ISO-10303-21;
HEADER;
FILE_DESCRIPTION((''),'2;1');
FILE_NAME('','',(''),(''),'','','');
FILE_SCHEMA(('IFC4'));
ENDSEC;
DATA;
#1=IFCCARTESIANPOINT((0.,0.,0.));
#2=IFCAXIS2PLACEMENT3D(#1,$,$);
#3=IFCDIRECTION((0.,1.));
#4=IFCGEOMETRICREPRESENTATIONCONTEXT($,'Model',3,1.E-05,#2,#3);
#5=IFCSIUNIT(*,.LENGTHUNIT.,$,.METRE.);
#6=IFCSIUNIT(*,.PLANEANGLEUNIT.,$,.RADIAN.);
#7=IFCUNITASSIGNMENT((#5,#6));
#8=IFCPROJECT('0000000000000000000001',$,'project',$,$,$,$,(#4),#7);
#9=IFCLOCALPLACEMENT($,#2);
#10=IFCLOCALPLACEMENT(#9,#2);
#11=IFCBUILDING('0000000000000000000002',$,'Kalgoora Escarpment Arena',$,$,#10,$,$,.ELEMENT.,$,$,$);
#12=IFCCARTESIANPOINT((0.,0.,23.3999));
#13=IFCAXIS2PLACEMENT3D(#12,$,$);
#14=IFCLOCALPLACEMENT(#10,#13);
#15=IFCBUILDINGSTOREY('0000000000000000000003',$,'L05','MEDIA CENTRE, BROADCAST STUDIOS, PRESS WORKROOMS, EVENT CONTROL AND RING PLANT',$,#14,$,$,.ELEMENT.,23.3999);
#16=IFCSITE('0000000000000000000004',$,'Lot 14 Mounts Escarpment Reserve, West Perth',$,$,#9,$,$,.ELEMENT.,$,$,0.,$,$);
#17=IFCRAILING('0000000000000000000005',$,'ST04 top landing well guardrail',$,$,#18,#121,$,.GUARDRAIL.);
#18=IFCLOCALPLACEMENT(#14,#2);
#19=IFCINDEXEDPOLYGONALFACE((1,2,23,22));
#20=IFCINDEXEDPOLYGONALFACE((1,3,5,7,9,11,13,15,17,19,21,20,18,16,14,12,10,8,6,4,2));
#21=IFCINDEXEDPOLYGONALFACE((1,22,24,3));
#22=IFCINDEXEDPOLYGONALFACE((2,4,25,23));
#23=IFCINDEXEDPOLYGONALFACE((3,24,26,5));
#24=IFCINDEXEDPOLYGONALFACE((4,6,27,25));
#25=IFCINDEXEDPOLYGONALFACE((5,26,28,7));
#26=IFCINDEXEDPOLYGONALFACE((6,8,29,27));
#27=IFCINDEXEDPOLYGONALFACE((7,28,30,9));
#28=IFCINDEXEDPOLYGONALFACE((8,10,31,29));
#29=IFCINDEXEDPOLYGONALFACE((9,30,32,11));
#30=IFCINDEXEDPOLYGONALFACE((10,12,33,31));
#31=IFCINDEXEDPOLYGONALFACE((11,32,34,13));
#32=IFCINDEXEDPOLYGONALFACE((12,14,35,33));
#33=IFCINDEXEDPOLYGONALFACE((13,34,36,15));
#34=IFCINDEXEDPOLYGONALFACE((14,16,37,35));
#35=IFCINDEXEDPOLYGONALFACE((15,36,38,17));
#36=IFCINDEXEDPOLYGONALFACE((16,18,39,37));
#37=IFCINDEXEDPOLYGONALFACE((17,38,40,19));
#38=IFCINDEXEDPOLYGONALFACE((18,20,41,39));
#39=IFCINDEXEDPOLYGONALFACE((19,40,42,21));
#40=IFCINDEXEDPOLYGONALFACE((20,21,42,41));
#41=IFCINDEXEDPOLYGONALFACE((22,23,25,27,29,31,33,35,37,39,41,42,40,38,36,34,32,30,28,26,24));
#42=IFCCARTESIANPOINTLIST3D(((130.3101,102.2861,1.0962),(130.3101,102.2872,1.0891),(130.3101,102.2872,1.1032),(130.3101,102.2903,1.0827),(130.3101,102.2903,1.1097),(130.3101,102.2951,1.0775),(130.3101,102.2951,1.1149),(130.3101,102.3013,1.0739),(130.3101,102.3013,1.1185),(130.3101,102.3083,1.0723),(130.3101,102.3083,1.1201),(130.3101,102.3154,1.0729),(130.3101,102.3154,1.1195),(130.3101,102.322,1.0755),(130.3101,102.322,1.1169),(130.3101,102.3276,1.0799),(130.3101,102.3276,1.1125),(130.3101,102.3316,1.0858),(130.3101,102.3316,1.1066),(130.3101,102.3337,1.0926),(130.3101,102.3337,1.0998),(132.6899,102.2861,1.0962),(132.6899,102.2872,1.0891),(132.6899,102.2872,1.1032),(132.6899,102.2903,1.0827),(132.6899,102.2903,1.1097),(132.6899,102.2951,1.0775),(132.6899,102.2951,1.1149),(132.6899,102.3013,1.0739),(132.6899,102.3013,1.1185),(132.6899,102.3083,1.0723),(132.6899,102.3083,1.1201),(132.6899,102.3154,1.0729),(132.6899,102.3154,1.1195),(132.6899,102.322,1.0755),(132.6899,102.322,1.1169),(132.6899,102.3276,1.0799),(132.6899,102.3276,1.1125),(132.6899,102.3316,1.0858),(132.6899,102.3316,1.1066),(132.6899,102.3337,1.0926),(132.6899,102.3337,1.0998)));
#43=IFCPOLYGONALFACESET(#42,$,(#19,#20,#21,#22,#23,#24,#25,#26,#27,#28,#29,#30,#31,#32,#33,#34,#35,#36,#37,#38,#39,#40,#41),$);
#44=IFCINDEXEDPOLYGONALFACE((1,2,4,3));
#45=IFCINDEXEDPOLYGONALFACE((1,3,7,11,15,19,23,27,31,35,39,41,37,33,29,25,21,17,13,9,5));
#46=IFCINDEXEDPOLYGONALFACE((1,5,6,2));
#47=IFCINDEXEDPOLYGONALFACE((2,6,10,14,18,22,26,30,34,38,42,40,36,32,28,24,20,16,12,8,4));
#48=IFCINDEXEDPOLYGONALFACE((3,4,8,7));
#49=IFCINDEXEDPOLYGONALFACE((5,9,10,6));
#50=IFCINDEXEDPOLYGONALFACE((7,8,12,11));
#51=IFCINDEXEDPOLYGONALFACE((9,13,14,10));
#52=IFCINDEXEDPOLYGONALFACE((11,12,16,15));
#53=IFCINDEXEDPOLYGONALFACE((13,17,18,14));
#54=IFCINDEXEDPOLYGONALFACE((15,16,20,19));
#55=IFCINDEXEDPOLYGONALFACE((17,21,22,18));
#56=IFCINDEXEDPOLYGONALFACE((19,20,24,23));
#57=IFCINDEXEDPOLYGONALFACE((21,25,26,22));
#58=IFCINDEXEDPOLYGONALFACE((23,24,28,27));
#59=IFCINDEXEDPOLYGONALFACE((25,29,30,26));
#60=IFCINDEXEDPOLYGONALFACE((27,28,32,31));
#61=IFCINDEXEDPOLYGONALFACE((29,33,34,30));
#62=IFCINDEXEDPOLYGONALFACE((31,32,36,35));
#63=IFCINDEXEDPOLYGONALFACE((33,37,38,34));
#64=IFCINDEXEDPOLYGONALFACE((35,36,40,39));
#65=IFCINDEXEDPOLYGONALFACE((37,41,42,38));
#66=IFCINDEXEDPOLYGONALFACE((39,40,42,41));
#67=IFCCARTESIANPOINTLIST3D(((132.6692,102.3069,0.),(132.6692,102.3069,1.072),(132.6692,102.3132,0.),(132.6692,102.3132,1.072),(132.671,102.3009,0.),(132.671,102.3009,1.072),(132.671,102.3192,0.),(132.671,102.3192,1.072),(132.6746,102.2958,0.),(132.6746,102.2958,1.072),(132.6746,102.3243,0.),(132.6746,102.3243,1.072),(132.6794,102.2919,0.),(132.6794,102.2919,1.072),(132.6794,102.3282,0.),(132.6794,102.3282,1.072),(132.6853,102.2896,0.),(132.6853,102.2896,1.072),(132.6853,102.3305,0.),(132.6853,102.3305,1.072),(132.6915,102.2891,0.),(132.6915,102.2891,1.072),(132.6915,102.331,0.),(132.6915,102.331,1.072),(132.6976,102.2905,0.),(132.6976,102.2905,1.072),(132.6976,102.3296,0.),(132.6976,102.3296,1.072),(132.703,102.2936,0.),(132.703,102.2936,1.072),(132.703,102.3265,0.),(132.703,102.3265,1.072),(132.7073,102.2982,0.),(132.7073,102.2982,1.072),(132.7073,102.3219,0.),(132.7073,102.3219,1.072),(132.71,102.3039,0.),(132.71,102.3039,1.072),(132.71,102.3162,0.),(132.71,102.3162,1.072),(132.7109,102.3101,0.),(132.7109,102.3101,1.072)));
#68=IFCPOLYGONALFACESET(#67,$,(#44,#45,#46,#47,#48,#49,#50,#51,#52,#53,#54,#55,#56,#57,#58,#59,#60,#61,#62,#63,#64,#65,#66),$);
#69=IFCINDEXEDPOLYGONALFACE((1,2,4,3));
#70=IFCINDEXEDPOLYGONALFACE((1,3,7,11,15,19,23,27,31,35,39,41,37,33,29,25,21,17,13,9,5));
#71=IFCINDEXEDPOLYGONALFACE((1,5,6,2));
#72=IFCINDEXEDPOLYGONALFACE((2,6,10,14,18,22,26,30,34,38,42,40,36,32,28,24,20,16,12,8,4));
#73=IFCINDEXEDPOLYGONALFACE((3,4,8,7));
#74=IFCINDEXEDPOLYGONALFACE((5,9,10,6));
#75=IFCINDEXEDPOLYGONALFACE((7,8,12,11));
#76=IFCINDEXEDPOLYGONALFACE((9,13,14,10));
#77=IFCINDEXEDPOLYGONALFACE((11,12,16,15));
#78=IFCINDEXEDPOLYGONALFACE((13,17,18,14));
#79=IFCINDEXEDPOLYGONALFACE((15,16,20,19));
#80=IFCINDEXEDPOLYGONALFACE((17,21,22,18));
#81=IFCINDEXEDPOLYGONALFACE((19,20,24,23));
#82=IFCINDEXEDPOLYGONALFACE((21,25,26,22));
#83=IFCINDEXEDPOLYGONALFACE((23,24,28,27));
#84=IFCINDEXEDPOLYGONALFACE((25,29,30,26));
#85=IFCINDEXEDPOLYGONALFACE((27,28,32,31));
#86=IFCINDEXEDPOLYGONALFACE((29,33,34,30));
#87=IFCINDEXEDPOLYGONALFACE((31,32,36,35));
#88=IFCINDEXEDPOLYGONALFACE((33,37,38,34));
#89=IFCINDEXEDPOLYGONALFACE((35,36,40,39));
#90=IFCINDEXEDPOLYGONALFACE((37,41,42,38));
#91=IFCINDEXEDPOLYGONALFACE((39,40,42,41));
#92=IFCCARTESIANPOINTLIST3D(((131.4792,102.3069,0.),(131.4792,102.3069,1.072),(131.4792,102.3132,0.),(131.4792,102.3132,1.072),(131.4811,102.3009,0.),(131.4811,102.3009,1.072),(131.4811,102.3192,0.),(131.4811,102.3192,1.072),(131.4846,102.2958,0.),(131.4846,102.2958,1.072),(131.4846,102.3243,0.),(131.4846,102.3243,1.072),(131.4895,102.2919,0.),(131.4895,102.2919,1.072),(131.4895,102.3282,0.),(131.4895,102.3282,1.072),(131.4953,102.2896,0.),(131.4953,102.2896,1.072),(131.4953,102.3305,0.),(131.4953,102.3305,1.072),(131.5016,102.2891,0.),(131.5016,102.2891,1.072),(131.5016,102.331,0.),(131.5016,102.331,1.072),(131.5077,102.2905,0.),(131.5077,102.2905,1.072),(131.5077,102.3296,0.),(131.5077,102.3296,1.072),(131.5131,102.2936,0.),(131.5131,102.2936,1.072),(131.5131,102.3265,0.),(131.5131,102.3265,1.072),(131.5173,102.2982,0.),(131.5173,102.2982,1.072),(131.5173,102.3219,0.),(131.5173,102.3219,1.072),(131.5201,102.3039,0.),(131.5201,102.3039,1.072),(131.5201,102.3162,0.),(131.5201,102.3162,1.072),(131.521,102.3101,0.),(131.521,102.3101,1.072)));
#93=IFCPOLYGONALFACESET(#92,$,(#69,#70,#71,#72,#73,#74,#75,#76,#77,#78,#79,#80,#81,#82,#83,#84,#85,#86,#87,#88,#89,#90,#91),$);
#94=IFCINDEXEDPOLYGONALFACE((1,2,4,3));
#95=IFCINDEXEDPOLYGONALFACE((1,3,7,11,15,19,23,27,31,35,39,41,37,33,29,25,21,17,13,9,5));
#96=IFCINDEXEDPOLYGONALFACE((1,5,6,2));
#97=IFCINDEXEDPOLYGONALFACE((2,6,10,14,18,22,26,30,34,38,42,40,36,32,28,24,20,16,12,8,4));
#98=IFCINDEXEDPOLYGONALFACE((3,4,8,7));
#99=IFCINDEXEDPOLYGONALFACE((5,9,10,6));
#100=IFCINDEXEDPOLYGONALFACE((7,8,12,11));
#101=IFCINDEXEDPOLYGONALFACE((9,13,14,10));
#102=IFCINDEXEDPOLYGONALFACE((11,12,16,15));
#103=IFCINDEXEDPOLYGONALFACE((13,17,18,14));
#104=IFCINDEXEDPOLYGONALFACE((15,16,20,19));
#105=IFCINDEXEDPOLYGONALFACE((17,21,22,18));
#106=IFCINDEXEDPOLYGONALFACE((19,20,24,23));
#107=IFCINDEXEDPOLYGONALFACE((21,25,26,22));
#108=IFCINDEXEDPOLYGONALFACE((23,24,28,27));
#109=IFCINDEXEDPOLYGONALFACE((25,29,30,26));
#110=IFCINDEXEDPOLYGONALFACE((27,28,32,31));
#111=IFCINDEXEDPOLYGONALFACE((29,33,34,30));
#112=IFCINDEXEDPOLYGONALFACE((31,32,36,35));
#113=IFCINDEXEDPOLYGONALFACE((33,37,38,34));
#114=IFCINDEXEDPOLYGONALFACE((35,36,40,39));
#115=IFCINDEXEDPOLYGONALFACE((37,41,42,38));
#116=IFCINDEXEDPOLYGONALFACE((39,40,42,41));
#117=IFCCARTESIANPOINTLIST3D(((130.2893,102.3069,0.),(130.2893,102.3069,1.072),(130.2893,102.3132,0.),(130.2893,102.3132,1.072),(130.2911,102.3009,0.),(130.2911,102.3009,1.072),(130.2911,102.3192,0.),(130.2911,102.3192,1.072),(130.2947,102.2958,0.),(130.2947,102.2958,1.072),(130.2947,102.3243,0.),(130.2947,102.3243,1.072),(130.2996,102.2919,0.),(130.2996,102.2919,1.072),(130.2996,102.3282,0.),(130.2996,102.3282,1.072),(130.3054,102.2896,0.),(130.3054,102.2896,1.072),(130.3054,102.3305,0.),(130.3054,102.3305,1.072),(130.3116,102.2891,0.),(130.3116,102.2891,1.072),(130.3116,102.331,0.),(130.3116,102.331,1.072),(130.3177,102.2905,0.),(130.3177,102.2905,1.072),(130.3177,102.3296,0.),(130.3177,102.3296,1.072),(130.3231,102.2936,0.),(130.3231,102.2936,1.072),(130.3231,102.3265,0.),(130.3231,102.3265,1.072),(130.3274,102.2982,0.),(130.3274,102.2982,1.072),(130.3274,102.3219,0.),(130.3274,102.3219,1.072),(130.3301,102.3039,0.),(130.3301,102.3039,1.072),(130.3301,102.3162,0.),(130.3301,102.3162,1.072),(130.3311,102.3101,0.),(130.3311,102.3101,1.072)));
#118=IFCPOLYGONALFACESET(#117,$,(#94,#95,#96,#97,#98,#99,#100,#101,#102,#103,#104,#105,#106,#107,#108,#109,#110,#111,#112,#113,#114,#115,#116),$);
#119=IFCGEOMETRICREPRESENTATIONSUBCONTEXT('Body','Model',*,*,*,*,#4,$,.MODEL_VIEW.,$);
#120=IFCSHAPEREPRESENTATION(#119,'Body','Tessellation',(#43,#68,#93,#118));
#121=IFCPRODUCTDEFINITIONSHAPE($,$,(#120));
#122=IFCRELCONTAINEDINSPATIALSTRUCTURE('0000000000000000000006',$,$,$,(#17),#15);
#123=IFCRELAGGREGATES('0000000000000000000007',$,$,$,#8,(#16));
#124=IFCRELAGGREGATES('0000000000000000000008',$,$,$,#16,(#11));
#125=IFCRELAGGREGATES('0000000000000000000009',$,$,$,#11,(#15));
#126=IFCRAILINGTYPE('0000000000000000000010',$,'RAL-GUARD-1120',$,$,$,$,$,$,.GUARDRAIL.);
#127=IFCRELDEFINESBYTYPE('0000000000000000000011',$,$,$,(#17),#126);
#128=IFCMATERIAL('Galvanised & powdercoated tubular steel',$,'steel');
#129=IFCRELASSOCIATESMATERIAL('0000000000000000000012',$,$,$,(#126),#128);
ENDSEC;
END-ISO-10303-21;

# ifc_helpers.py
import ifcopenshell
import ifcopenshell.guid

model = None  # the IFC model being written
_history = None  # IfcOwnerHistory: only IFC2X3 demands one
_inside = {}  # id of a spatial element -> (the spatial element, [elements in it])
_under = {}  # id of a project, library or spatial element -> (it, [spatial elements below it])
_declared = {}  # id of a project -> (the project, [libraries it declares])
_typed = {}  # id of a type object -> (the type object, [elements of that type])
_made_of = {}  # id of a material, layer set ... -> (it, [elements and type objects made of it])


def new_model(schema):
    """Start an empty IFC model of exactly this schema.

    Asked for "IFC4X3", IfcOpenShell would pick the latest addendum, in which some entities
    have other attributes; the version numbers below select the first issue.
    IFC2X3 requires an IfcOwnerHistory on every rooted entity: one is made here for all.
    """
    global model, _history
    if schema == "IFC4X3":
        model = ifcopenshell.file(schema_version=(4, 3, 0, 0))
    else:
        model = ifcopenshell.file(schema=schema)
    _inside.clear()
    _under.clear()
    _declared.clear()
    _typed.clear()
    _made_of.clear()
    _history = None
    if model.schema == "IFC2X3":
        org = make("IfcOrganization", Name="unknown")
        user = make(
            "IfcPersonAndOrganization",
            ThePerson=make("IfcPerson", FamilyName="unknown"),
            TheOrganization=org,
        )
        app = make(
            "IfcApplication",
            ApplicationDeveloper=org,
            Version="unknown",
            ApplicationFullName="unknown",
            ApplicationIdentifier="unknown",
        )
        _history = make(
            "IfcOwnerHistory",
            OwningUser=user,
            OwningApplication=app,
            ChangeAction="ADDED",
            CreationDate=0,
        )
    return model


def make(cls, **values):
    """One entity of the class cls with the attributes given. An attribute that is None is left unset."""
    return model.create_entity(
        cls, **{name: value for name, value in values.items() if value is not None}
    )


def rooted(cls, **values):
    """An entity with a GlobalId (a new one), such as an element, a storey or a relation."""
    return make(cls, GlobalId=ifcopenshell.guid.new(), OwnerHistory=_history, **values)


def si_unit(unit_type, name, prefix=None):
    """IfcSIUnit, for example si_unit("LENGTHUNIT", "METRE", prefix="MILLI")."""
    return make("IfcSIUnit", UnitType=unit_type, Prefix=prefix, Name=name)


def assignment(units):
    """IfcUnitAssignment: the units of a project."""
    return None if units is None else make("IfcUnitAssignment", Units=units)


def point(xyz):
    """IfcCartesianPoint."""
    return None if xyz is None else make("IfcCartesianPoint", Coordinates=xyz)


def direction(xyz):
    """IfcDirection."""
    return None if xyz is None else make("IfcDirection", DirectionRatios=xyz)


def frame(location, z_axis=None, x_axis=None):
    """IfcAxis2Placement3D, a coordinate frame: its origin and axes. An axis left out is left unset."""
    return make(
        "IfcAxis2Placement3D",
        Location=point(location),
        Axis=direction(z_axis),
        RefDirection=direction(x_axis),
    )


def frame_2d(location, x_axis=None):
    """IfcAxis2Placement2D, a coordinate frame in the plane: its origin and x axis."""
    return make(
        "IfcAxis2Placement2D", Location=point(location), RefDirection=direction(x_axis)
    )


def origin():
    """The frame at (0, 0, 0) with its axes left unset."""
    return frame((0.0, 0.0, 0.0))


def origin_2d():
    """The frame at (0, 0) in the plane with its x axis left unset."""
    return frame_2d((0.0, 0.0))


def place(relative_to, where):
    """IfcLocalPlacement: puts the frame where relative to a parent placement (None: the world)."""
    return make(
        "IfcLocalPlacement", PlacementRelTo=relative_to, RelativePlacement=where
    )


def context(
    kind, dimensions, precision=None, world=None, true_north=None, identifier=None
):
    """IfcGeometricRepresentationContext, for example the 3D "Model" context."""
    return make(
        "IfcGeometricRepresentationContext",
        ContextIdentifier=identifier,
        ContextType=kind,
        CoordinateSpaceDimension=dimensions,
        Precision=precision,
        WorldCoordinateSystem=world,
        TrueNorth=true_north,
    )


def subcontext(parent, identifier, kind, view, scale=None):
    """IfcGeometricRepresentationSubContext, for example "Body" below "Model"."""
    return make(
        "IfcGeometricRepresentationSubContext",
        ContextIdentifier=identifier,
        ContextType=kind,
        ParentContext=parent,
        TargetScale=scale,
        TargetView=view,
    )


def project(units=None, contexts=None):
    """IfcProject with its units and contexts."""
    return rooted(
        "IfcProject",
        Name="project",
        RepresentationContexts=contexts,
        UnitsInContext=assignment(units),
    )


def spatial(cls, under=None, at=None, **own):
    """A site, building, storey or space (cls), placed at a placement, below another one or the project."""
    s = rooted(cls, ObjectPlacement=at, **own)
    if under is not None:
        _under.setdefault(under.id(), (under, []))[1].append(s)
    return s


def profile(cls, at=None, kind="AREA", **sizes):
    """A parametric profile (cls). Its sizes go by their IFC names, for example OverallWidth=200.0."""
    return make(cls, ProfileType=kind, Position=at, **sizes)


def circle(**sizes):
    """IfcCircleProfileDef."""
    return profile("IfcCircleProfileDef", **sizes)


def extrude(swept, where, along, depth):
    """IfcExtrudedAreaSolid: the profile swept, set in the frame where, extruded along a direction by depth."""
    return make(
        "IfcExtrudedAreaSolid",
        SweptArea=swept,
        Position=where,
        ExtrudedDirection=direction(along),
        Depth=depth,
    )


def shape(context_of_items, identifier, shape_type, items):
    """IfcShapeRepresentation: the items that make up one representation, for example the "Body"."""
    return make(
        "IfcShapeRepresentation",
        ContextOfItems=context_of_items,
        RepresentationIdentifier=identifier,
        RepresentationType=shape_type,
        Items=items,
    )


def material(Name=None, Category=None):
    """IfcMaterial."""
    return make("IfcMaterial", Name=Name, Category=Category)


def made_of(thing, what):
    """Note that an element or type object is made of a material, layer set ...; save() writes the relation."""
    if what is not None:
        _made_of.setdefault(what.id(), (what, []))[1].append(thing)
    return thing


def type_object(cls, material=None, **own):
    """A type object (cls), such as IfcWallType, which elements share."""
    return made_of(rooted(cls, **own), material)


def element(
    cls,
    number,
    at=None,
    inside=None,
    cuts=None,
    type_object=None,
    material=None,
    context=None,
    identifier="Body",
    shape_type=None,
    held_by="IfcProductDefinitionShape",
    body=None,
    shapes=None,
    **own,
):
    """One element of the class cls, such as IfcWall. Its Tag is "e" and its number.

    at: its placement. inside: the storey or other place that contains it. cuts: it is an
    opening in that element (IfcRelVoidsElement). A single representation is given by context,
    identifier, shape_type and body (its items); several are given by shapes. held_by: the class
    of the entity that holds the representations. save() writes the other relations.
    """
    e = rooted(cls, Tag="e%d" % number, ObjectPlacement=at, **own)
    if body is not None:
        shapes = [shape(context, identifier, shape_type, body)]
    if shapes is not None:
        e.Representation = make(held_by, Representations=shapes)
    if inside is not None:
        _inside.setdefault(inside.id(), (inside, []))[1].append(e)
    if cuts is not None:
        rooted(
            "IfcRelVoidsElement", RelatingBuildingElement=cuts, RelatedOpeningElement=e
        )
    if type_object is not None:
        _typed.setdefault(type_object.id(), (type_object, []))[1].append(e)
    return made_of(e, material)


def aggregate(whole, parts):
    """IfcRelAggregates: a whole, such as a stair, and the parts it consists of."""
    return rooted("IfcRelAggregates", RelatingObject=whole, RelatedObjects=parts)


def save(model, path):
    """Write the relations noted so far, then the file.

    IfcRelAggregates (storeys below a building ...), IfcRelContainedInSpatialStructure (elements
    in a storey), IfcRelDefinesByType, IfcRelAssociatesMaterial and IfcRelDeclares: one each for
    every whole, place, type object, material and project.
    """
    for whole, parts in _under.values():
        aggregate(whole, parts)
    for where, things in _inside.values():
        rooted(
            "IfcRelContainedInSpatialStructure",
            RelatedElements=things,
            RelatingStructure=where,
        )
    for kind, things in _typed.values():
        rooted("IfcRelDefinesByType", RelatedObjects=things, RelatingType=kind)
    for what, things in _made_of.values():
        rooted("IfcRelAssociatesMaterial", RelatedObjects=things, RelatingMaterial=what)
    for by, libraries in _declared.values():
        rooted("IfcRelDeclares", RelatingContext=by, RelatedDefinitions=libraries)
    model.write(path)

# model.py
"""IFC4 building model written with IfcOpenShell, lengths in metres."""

from ifc_helpers import new_model, si_unit, direction, frame, origin, origin_2d, place, context, subcontext, project, spatial, circle, extrude, material, type_object, element, save


model = new_model("IFC4")

# Units and contexts
model_context = context("Model", 3, precision=1e-05, world=origin(), true_north=direction((0.0, 1.0)))
body_context = subcontext(model_context, "Body", "Model", "MODEL_VIEW")
ifc_project = project(units=[si_unit("LENGTHUNIT", "METRE"), si_unit("PLANEANGLEUNIT", "RADIAN")], contexts=[model_context])

# Site, building, storey
site_placement = place(None, origin())
site = spatial("IfcSite", under=ifc_project, at=site_placement, Name="Lot 14 Mounts Escarpment Reserve, West Perth", CompositionType="ELEMENT", RefElevation=0.0)
building_placement = place(site_placement, origin())
building = spatial("IfcBuilding", under=site, at=building_placement, Name="Kalgoora Escarpment Arena", CompositionType="ELEMENT")
storey_placement = place(building_placement, frame((0.0, 0.0, 23.3999)))
storey = spatial("IfcBuildingStorey", under=building, at=storey_placement, Name="L05", Description="MEDIA CENTRE, BROADCAST STUDIOS, PRESS WORKROOMS, EVENT CONTROL AND RING PLANT", CompositionType="ELEMENT", Elevation=23.3999)

# Railing
ifc_material_1 = material(Name="Galvanised & powdercoated tubular steel", Category="steel")
railing_type = type_object("IfcRailingType", Name="RAL-GUARD-1120", PredefinedType="GUARDRAIL", material=ifc_material_1)
railing_placement = place(storey_placement, frame((132.6899, 102.3101, 0.0)))
element("IfcRailing", 1, at=railing_placement, inside=storey, type_object=railing_type, Name="ST04 top landing well guardrail", PredefinedType="GUARDRAIL", context=body_context, shape_type="SweptSolid", body=[
    extrude(circle(Radius=0.0239, at=origin_2d()), frame((0.0, 0.0, 1.0962), z_axis=(-1.0, 0.0, 0.0), x_axis=(0.0, -1.0, 0.0)), (0.0, 0.0, 1.0), 2.3799),
    extrude(circle(Radius=0.021, at=origin_2d()), origin(), (0.0, 0.0, 1.0), 1.072),
    extrude(circle(Radius=0.021, at=origin_2d()), frame((-1.1899, 0.0, 0.0)), (0.0, 0.0, 1.0), 1.072),
    extrude(circle(Radius=0.021, at=origin_2d()), frame((-2.3799, 0.0, 0.0)), (0.0, 0.0, 1.0), 1.072),
])

save(model, "model.ifc")
